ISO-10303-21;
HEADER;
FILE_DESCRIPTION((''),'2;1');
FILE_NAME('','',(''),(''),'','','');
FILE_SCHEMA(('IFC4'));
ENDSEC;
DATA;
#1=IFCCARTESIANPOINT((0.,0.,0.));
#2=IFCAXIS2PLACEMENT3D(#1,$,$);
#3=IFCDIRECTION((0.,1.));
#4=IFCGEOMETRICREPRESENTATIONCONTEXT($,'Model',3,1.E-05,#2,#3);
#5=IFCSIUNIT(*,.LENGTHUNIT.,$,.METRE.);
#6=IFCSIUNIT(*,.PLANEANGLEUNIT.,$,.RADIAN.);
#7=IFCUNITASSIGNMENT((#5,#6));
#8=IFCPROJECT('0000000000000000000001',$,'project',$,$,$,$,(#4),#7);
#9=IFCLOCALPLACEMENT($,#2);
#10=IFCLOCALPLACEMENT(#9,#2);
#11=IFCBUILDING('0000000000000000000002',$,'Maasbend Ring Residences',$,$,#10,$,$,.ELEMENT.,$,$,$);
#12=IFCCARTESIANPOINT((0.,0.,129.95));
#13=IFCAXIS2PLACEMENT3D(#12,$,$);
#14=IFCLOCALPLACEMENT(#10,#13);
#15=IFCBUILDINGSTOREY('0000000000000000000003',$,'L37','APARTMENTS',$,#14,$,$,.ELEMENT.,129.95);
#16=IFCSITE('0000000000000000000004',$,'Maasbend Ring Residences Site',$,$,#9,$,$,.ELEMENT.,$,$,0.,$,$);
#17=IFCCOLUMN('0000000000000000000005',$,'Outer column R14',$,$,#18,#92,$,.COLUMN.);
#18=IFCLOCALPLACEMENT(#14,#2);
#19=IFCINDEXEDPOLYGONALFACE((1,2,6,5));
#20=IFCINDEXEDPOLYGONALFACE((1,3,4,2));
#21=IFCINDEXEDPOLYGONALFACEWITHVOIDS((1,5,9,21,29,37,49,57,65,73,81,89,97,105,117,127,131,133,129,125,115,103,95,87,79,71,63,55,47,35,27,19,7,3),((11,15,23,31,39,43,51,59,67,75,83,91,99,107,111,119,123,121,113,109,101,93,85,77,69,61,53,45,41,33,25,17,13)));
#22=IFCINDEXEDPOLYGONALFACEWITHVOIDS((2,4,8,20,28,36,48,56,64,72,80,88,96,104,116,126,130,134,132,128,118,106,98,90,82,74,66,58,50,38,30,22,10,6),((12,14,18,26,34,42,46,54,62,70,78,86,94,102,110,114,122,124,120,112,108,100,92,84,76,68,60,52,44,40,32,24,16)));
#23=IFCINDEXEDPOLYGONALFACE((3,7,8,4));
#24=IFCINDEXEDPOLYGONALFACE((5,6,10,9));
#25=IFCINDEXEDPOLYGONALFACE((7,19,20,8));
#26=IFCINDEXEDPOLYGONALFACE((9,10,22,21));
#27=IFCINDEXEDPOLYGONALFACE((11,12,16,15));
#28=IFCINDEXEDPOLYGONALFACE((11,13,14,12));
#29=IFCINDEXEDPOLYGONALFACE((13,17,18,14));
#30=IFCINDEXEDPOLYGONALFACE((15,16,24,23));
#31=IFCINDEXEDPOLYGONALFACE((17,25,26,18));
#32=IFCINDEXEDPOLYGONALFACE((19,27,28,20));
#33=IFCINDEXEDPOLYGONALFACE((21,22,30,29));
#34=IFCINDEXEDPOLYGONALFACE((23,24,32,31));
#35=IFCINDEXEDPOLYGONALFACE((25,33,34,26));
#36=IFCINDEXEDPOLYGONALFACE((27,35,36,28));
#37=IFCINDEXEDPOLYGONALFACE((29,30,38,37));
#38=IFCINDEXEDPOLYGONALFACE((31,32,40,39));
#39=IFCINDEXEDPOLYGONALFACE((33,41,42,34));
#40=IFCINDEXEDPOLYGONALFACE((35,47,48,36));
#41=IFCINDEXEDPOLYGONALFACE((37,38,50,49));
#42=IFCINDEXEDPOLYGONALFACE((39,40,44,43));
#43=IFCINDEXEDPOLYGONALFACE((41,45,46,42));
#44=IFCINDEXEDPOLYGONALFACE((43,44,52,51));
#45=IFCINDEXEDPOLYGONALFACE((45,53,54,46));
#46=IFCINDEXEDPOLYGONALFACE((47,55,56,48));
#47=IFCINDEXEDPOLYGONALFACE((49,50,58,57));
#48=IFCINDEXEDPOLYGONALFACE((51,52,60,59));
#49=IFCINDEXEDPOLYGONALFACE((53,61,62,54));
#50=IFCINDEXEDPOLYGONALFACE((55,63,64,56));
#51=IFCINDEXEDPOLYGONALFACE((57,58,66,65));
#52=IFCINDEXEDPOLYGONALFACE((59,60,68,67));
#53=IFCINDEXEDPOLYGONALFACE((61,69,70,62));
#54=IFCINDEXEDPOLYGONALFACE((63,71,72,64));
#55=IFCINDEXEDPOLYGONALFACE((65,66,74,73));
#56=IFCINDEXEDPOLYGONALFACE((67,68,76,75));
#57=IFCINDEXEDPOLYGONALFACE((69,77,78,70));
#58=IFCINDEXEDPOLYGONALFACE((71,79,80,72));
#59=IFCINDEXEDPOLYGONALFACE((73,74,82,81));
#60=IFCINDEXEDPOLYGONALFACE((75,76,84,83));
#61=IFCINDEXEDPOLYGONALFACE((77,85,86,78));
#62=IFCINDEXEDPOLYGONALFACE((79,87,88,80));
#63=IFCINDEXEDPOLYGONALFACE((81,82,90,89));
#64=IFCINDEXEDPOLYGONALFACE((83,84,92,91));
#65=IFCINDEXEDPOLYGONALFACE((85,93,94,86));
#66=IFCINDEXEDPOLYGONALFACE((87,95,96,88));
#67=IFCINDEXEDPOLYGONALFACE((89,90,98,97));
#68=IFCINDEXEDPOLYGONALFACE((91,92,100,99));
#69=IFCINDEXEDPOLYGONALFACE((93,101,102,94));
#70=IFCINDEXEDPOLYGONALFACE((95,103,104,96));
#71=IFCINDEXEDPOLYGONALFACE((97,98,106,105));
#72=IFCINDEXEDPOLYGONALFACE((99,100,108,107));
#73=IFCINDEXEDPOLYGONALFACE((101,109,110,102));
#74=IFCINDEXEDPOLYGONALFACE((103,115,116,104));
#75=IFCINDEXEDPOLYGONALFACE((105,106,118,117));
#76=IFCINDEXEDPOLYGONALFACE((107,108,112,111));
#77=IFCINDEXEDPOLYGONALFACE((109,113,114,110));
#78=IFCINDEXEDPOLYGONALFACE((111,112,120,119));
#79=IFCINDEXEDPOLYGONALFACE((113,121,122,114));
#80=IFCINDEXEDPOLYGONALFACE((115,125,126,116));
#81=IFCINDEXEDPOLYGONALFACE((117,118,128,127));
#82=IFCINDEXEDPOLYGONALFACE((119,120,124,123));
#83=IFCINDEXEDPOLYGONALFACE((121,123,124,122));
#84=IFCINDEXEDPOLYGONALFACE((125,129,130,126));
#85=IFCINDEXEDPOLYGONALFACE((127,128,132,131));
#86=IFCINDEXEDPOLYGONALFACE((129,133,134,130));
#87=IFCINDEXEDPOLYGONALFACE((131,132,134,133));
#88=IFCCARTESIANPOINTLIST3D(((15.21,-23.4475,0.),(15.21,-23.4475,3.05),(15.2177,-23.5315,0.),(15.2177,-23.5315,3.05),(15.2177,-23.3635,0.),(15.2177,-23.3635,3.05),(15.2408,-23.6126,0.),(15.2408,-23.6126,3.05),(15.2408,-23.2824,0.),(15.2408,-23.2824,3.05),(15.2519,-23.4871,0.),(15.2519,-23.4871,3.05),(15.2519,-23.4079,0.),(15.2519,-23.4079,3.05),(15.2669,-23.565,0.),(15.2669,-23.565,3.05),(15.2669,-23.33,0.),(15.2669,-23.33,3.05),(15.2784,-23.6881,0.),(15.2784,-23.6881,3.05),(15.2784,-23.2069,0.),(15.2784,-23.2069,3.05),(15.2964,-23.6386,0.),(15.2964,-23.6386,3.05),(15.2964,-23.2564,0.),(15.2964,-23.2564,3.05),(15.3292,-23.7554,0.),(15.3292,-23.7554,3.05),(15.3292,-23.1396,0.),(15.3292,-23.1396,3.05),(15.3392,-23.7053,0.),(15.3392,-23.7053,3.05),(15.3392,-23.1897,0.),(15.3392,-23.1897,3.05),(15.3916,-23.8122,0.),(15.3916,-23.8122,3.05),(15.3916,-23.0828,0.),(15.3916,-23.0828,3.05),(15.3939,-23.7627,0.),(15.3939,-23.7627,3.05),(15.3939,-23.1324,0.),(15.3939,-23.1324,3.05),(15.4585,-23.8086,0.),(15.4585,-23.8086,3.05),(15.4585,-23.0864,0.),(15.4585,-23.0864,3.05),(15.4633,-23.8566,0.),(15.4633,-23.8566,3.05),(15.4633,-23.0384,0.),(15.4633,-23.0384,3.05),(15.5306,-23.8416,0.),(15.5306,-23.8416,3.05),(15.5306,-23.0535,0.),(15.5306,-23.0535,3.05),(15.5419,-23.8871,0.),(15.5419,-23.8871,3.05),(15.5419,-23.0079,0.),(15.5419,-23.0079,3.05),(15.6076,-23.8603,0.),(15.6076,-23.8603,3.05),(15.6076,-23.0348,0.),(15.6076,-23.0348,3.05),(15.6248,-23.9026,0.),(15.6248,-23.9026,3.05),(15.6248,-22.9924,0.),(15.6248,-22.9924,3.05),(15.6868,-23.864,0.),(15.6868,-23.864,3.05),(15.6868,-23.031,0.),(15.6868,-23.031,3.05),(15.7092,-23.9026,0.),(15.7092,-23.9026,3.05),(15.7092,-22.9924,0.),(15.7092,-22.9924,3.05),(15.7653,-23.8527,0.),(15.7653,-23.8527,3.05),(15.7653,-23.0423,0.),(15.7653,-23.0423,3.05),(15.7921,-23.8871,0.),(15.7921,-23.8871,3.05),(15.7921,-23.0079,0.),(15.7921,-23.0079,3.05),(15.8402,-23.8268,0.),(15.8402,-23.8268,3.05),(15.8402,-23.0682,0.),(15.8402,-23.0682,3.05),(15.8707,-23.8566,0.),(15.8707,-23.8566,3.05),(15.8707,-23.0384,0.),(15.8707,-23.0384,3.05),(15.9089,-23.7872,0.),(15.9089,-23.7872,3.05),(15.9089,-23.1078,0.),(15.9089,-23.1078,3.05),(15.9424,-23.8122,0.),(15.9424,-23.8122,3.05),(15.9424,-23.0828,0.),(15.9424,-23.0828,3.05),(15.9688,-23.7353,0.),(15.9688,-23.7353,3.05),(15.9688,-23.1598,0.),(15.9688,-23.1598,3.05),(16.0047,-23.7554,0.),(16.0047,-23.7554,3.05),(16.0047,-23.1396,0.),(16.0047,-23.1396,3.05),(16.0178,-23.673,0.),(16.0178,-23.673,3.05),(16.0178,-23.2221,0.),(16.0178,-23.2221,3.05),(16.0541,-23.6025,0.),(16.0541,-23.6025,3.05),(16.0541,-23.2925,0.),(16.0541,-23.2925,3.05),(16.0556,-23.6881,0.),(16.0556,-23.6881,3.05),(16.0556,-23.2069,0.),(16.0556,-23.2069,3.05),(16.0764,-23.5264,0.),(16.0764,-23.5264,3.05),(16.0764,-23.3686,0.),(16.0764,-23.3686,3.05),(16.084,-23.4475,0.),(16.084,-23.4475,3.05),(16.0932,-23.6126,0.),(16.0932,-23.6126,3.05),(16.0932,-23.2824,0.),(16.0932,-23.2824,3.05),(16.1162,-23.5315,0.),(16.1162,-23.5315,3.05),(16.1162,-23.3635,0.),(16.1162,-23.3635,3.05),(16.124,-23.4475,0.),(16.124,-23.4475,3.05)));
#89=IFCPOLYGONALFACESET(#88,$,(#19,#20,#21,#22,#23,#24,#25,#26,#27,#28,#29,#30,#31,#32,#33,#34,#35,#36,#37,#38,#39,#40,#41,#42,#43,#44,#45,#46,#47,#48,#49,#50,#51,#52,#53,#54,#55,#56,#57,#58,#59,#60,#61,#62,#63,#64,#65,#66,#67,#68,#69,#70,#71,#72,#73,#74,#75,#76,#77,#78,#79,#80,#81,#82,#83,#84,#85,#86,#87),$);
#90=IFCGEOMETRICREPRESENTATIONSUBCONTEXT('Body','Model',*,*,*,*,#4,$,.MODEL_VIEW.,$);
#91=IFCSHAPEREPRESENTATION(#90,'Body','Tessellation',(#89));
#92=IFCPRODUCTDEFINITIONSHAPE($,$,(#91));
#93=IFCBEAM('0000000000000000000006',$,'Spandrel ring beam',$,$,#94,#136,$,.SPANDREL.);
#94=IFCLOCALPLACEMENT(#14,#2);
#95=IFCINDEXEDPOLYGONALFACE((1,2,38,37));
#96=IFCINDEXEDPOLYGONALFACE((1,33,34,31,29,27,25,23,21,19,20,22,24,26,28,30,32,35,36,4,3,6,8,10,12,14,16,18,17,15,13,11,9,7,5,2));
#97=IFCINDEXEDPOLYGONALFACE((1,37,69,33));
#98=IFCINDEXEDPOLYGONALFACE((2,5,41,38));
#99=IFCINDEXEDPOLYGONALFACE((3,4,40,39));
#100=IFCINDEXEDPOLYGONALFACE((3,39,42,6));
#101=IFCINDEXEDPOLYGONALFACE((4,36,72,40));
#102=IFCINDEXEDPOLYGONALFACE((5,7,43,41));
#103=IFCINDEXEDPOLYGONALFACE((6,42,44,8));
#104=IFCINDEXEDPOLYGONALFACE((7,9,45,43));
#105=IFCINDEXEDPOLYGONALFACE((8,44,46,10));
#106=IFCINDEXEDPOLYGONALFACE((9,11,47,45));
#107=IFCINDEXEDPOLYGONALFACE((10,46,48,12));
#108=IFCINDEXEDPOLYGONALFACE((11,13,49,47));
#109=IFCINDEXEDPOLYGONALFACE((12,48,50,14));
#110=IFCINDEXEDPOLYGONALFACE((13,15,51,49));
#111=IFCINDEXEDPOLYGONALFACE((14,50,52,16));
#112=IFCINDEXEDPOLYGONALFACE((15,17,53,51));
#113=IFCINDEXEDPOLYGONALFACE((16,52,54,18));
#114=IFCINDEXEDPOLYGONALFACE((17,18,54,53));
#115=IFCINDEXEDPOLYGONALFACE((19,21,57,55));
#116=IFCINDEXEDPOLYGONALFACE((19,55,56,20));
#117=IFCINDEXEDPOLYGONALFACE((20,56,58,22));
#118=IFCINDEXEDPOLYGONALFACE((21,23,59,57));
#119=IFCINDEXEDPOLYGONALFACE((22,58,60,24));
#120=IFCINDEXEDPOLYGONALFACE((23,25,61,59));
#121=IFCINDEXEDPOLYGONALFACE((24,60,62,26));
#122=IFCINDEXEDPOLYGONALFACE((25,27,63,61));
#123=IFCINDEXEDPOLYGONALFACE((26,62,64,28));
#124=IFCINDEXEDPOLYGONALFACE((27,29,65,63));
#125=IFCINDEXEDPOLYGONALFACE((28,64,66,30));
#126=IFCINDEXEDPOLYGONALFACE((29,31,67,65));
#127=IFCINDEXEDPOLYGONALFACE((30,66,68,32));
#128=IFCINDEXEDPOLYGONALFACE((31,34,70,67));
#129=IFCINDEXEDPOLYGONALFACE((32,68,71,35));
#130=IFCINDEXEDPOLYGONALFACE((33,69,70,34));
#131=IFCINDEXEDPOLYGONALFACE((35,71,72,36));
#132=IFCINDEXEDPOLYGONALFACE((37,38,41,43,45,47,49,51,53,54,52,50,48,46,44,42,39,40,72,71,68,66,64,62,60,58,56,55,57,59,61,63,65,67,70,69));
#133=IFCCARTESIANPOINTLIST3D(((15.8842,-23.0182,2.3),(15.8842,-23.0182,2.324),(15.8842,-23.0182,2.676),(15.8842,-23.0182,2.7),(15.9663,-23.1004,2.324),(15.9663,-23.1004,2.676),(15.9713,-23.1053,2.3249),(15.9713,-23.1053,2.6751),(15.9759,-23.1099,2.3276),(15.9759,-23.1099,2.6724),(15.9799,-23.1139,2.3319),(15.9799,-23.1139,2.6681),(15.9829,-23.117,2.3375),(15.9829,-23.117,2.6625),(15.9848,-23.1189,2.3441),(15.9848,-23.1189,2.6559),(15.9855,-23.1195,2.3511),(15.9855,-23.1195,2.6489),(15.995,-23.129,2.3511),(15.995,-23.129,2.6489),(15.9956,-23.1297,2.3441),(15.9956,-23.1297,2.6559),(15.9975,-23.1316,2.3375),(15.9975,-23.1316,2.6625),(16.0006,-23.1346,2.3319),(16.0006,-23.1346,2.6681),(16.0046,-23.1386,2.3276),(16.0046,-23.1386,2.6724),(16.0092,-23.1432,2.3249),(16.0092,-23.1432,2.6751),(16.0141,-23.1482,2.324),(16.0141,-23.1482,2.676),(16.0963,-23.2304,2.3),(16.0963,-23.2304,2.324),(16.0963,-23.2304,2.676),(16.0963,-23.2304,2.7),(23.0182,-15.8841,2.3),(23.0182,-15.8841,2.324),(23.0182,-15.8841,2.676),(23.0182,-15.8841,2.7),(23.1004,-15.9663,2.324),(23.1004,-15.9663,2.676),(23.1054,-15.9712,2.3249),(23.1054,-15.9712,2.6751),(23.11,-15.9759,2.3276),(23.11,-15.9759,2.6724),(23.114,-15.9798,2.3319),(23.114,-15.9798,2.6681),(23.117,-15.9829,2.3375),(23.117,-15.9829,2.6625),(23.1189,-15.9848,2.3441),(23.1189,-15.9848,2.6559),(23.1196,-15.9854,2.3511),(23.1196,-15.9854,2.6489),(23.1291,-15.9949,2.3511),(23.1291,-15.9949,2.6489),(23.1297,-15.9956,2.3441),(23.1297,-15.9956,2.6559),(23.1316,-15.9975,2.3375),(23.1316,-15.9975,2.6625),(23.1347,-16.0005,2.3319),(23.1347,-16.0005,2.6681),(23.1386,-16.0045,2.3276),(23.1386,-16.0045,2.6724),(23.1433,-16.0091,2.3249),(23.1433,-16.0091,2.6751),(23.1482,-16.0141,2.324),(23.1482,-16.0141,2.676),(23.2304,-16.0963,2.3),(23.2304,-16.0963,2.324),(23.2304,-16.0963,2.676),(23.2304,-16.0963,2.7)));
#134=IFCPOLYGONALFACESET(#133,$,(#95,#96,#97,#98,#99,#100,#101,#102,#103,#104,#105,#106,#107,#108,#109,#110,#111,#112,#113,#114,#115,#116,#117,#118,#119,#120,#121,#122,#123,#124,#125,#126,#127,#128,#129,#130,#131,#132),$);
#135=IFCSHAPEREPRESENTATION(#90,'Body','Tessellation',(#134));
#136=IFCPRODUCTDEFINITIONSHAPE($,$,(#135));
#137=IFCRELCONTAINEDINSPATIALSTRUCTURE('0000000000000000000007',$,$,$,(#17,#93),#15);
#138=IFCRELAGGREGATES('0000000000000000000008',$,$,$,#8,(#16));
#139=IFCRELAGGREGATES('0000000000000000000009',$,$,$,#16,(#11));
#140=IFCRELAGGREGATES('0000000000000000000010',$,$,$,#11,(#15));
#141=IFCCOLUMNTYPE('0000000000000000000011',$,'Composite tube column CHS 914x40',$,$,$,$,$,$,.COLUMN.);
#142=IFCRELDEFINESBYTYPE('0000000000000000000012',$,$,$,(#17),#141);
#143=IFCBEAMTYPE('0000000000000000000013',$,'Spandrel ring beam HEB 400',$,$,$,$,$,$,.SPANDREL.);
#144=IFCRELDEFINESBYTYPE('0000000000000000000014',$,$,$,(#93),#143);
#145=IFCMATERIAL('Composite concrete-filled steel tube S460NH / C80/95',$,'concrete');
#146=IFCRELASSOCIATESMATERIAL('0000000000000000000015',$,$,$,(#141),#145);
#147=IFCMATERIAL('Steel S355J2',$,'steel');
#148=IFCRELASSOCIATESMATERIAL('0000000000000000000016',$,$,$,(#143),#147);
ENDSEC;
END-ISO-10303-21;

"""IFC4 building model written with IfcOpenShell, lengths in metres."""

from ifc_helpers import new_model, si_unit, direction, frame, origin, origin_2d, place, context, subcontext, project, spatial, hollow_circle, i_section, extrude, material, material_profile, profile_set, type_object, element, save


model = new_model("IFC4")

# Units and contexts
model_context = context("Model", 3, precision=1e-05, world=origin(), true_north=direction((0.0, 1.0)))
body_context = subcontext(model_context, "Body", "Model", "MODEL_VIEW")
ifc_project = project(units=[si_unit("LENGTHUNIT", "METRE"), si_unit("PLANEANGLEUNIT", "RADIAN")], contexts=[model_context])

# Site, building, storey
site_placement = place(None, origin())
site = spatial("IfcSite", under=ifc_project, at=site_placement, Name="Maasbend Ring Residences Site", CompositionType="ELEMENT", RefElevation=0.0)
building_placement = place(site_placement, origin())
building = spatial("IfcBuilding", under=site, at=building_placement, Name="Maasbend Ring Residences", CompositionType="ELEMENT")
storey_placement = place(building_placement, frame((0.0, 0.0, 129.95)))
storey = spatial("IfcBuildingStorey", under=building, at=storey_placement, Name="L37", Description="APARTMENTS", CompositionType="ELEMENT", Elevation=129.95)

# Column
ifc_material_1 = material(Name="Composite concrete-filled steel tube S460NH / C80/95", Category="concrete")
ifc_material_profile_1 = material_profile(ifc_material_1, hollow_circle(Radius=0.457, WallThickness=0.04, at=origin_2d()), Name="Composite tube column CHS 914x40")
ifc_profile_set_1 = profile_set([ifc_material_profile_1], Name="Composite concrete-filled steel tube S460NH / C80/95")
column_type = type_object("IfcColumnType", Name="Composite tube column CHS 914x40", PredefinedType="COLUMN", material=ifc_profile_set_1)
column_placement = place(storey_placement, frame((15.667, -23.4475, 0.0), z_axis=(0.0, 0.0, 1.0), x_axis=(1.0, 0.0, 0.0)))
element("IfcColumn", 1, at=column_placement, inside=storey, type_object=column_type, Name="Outer column R14", PredefinedType="COLUMN", context=body_context, shape_type="SweptSolid", body=[
    extrude(hollow_circle(Radius=0.457, WallThickness=0.04, at=origin_2d()), origin(), (0.0, 0.0, 1.0), 3.05),
])

# Beam
ifc_material_2 = material(Name="Steel S355J2", Category="steel")
ifc_material_profile_2 = material_profile(ifc_material_2, i_section(OverallWidth=0.3, OverallDepth=0.3999, WebThickness=0.0134, FlangeThickness=0.0239, FilletRadius=0.0271, at=origin_2d()), Name="HEB 400")
ifc_profile_set_2 = profile_set([ifc_material_profile_2], Name="Steel S355J2")
beam_type = type_object("IfcBeamType", Name="Spandrel ring beam HEB 400", PredefinedType="SPANDREL", material=ifc_profile_set_2)
beam_placement = place(storey_placement, frame((15.9902, -23.1243, 2.5), z_axis=(0.707107, 0.707107, 0.0), x_axis=(-0.707107, 0.707107, 0.0)))
element("IfcBeam", 2, at=beam_placement, inside=storey, type_object=beam_type, Name="Spandrel ring beam", PredefinedType="SPANDREL", context=body_context, shape_type="SweptSolid", body=[
    extrude(i_section(OverallWidth=0.3, OverallDepth=0.3999, WebThickness=0.0134, FlangeThickness=0.0239, FilletRadius=0.0271, at=origin_2d()), origin(), (0.0, 0.0, 1.0), 10.0891),
])

save(model, "model.ifc")
